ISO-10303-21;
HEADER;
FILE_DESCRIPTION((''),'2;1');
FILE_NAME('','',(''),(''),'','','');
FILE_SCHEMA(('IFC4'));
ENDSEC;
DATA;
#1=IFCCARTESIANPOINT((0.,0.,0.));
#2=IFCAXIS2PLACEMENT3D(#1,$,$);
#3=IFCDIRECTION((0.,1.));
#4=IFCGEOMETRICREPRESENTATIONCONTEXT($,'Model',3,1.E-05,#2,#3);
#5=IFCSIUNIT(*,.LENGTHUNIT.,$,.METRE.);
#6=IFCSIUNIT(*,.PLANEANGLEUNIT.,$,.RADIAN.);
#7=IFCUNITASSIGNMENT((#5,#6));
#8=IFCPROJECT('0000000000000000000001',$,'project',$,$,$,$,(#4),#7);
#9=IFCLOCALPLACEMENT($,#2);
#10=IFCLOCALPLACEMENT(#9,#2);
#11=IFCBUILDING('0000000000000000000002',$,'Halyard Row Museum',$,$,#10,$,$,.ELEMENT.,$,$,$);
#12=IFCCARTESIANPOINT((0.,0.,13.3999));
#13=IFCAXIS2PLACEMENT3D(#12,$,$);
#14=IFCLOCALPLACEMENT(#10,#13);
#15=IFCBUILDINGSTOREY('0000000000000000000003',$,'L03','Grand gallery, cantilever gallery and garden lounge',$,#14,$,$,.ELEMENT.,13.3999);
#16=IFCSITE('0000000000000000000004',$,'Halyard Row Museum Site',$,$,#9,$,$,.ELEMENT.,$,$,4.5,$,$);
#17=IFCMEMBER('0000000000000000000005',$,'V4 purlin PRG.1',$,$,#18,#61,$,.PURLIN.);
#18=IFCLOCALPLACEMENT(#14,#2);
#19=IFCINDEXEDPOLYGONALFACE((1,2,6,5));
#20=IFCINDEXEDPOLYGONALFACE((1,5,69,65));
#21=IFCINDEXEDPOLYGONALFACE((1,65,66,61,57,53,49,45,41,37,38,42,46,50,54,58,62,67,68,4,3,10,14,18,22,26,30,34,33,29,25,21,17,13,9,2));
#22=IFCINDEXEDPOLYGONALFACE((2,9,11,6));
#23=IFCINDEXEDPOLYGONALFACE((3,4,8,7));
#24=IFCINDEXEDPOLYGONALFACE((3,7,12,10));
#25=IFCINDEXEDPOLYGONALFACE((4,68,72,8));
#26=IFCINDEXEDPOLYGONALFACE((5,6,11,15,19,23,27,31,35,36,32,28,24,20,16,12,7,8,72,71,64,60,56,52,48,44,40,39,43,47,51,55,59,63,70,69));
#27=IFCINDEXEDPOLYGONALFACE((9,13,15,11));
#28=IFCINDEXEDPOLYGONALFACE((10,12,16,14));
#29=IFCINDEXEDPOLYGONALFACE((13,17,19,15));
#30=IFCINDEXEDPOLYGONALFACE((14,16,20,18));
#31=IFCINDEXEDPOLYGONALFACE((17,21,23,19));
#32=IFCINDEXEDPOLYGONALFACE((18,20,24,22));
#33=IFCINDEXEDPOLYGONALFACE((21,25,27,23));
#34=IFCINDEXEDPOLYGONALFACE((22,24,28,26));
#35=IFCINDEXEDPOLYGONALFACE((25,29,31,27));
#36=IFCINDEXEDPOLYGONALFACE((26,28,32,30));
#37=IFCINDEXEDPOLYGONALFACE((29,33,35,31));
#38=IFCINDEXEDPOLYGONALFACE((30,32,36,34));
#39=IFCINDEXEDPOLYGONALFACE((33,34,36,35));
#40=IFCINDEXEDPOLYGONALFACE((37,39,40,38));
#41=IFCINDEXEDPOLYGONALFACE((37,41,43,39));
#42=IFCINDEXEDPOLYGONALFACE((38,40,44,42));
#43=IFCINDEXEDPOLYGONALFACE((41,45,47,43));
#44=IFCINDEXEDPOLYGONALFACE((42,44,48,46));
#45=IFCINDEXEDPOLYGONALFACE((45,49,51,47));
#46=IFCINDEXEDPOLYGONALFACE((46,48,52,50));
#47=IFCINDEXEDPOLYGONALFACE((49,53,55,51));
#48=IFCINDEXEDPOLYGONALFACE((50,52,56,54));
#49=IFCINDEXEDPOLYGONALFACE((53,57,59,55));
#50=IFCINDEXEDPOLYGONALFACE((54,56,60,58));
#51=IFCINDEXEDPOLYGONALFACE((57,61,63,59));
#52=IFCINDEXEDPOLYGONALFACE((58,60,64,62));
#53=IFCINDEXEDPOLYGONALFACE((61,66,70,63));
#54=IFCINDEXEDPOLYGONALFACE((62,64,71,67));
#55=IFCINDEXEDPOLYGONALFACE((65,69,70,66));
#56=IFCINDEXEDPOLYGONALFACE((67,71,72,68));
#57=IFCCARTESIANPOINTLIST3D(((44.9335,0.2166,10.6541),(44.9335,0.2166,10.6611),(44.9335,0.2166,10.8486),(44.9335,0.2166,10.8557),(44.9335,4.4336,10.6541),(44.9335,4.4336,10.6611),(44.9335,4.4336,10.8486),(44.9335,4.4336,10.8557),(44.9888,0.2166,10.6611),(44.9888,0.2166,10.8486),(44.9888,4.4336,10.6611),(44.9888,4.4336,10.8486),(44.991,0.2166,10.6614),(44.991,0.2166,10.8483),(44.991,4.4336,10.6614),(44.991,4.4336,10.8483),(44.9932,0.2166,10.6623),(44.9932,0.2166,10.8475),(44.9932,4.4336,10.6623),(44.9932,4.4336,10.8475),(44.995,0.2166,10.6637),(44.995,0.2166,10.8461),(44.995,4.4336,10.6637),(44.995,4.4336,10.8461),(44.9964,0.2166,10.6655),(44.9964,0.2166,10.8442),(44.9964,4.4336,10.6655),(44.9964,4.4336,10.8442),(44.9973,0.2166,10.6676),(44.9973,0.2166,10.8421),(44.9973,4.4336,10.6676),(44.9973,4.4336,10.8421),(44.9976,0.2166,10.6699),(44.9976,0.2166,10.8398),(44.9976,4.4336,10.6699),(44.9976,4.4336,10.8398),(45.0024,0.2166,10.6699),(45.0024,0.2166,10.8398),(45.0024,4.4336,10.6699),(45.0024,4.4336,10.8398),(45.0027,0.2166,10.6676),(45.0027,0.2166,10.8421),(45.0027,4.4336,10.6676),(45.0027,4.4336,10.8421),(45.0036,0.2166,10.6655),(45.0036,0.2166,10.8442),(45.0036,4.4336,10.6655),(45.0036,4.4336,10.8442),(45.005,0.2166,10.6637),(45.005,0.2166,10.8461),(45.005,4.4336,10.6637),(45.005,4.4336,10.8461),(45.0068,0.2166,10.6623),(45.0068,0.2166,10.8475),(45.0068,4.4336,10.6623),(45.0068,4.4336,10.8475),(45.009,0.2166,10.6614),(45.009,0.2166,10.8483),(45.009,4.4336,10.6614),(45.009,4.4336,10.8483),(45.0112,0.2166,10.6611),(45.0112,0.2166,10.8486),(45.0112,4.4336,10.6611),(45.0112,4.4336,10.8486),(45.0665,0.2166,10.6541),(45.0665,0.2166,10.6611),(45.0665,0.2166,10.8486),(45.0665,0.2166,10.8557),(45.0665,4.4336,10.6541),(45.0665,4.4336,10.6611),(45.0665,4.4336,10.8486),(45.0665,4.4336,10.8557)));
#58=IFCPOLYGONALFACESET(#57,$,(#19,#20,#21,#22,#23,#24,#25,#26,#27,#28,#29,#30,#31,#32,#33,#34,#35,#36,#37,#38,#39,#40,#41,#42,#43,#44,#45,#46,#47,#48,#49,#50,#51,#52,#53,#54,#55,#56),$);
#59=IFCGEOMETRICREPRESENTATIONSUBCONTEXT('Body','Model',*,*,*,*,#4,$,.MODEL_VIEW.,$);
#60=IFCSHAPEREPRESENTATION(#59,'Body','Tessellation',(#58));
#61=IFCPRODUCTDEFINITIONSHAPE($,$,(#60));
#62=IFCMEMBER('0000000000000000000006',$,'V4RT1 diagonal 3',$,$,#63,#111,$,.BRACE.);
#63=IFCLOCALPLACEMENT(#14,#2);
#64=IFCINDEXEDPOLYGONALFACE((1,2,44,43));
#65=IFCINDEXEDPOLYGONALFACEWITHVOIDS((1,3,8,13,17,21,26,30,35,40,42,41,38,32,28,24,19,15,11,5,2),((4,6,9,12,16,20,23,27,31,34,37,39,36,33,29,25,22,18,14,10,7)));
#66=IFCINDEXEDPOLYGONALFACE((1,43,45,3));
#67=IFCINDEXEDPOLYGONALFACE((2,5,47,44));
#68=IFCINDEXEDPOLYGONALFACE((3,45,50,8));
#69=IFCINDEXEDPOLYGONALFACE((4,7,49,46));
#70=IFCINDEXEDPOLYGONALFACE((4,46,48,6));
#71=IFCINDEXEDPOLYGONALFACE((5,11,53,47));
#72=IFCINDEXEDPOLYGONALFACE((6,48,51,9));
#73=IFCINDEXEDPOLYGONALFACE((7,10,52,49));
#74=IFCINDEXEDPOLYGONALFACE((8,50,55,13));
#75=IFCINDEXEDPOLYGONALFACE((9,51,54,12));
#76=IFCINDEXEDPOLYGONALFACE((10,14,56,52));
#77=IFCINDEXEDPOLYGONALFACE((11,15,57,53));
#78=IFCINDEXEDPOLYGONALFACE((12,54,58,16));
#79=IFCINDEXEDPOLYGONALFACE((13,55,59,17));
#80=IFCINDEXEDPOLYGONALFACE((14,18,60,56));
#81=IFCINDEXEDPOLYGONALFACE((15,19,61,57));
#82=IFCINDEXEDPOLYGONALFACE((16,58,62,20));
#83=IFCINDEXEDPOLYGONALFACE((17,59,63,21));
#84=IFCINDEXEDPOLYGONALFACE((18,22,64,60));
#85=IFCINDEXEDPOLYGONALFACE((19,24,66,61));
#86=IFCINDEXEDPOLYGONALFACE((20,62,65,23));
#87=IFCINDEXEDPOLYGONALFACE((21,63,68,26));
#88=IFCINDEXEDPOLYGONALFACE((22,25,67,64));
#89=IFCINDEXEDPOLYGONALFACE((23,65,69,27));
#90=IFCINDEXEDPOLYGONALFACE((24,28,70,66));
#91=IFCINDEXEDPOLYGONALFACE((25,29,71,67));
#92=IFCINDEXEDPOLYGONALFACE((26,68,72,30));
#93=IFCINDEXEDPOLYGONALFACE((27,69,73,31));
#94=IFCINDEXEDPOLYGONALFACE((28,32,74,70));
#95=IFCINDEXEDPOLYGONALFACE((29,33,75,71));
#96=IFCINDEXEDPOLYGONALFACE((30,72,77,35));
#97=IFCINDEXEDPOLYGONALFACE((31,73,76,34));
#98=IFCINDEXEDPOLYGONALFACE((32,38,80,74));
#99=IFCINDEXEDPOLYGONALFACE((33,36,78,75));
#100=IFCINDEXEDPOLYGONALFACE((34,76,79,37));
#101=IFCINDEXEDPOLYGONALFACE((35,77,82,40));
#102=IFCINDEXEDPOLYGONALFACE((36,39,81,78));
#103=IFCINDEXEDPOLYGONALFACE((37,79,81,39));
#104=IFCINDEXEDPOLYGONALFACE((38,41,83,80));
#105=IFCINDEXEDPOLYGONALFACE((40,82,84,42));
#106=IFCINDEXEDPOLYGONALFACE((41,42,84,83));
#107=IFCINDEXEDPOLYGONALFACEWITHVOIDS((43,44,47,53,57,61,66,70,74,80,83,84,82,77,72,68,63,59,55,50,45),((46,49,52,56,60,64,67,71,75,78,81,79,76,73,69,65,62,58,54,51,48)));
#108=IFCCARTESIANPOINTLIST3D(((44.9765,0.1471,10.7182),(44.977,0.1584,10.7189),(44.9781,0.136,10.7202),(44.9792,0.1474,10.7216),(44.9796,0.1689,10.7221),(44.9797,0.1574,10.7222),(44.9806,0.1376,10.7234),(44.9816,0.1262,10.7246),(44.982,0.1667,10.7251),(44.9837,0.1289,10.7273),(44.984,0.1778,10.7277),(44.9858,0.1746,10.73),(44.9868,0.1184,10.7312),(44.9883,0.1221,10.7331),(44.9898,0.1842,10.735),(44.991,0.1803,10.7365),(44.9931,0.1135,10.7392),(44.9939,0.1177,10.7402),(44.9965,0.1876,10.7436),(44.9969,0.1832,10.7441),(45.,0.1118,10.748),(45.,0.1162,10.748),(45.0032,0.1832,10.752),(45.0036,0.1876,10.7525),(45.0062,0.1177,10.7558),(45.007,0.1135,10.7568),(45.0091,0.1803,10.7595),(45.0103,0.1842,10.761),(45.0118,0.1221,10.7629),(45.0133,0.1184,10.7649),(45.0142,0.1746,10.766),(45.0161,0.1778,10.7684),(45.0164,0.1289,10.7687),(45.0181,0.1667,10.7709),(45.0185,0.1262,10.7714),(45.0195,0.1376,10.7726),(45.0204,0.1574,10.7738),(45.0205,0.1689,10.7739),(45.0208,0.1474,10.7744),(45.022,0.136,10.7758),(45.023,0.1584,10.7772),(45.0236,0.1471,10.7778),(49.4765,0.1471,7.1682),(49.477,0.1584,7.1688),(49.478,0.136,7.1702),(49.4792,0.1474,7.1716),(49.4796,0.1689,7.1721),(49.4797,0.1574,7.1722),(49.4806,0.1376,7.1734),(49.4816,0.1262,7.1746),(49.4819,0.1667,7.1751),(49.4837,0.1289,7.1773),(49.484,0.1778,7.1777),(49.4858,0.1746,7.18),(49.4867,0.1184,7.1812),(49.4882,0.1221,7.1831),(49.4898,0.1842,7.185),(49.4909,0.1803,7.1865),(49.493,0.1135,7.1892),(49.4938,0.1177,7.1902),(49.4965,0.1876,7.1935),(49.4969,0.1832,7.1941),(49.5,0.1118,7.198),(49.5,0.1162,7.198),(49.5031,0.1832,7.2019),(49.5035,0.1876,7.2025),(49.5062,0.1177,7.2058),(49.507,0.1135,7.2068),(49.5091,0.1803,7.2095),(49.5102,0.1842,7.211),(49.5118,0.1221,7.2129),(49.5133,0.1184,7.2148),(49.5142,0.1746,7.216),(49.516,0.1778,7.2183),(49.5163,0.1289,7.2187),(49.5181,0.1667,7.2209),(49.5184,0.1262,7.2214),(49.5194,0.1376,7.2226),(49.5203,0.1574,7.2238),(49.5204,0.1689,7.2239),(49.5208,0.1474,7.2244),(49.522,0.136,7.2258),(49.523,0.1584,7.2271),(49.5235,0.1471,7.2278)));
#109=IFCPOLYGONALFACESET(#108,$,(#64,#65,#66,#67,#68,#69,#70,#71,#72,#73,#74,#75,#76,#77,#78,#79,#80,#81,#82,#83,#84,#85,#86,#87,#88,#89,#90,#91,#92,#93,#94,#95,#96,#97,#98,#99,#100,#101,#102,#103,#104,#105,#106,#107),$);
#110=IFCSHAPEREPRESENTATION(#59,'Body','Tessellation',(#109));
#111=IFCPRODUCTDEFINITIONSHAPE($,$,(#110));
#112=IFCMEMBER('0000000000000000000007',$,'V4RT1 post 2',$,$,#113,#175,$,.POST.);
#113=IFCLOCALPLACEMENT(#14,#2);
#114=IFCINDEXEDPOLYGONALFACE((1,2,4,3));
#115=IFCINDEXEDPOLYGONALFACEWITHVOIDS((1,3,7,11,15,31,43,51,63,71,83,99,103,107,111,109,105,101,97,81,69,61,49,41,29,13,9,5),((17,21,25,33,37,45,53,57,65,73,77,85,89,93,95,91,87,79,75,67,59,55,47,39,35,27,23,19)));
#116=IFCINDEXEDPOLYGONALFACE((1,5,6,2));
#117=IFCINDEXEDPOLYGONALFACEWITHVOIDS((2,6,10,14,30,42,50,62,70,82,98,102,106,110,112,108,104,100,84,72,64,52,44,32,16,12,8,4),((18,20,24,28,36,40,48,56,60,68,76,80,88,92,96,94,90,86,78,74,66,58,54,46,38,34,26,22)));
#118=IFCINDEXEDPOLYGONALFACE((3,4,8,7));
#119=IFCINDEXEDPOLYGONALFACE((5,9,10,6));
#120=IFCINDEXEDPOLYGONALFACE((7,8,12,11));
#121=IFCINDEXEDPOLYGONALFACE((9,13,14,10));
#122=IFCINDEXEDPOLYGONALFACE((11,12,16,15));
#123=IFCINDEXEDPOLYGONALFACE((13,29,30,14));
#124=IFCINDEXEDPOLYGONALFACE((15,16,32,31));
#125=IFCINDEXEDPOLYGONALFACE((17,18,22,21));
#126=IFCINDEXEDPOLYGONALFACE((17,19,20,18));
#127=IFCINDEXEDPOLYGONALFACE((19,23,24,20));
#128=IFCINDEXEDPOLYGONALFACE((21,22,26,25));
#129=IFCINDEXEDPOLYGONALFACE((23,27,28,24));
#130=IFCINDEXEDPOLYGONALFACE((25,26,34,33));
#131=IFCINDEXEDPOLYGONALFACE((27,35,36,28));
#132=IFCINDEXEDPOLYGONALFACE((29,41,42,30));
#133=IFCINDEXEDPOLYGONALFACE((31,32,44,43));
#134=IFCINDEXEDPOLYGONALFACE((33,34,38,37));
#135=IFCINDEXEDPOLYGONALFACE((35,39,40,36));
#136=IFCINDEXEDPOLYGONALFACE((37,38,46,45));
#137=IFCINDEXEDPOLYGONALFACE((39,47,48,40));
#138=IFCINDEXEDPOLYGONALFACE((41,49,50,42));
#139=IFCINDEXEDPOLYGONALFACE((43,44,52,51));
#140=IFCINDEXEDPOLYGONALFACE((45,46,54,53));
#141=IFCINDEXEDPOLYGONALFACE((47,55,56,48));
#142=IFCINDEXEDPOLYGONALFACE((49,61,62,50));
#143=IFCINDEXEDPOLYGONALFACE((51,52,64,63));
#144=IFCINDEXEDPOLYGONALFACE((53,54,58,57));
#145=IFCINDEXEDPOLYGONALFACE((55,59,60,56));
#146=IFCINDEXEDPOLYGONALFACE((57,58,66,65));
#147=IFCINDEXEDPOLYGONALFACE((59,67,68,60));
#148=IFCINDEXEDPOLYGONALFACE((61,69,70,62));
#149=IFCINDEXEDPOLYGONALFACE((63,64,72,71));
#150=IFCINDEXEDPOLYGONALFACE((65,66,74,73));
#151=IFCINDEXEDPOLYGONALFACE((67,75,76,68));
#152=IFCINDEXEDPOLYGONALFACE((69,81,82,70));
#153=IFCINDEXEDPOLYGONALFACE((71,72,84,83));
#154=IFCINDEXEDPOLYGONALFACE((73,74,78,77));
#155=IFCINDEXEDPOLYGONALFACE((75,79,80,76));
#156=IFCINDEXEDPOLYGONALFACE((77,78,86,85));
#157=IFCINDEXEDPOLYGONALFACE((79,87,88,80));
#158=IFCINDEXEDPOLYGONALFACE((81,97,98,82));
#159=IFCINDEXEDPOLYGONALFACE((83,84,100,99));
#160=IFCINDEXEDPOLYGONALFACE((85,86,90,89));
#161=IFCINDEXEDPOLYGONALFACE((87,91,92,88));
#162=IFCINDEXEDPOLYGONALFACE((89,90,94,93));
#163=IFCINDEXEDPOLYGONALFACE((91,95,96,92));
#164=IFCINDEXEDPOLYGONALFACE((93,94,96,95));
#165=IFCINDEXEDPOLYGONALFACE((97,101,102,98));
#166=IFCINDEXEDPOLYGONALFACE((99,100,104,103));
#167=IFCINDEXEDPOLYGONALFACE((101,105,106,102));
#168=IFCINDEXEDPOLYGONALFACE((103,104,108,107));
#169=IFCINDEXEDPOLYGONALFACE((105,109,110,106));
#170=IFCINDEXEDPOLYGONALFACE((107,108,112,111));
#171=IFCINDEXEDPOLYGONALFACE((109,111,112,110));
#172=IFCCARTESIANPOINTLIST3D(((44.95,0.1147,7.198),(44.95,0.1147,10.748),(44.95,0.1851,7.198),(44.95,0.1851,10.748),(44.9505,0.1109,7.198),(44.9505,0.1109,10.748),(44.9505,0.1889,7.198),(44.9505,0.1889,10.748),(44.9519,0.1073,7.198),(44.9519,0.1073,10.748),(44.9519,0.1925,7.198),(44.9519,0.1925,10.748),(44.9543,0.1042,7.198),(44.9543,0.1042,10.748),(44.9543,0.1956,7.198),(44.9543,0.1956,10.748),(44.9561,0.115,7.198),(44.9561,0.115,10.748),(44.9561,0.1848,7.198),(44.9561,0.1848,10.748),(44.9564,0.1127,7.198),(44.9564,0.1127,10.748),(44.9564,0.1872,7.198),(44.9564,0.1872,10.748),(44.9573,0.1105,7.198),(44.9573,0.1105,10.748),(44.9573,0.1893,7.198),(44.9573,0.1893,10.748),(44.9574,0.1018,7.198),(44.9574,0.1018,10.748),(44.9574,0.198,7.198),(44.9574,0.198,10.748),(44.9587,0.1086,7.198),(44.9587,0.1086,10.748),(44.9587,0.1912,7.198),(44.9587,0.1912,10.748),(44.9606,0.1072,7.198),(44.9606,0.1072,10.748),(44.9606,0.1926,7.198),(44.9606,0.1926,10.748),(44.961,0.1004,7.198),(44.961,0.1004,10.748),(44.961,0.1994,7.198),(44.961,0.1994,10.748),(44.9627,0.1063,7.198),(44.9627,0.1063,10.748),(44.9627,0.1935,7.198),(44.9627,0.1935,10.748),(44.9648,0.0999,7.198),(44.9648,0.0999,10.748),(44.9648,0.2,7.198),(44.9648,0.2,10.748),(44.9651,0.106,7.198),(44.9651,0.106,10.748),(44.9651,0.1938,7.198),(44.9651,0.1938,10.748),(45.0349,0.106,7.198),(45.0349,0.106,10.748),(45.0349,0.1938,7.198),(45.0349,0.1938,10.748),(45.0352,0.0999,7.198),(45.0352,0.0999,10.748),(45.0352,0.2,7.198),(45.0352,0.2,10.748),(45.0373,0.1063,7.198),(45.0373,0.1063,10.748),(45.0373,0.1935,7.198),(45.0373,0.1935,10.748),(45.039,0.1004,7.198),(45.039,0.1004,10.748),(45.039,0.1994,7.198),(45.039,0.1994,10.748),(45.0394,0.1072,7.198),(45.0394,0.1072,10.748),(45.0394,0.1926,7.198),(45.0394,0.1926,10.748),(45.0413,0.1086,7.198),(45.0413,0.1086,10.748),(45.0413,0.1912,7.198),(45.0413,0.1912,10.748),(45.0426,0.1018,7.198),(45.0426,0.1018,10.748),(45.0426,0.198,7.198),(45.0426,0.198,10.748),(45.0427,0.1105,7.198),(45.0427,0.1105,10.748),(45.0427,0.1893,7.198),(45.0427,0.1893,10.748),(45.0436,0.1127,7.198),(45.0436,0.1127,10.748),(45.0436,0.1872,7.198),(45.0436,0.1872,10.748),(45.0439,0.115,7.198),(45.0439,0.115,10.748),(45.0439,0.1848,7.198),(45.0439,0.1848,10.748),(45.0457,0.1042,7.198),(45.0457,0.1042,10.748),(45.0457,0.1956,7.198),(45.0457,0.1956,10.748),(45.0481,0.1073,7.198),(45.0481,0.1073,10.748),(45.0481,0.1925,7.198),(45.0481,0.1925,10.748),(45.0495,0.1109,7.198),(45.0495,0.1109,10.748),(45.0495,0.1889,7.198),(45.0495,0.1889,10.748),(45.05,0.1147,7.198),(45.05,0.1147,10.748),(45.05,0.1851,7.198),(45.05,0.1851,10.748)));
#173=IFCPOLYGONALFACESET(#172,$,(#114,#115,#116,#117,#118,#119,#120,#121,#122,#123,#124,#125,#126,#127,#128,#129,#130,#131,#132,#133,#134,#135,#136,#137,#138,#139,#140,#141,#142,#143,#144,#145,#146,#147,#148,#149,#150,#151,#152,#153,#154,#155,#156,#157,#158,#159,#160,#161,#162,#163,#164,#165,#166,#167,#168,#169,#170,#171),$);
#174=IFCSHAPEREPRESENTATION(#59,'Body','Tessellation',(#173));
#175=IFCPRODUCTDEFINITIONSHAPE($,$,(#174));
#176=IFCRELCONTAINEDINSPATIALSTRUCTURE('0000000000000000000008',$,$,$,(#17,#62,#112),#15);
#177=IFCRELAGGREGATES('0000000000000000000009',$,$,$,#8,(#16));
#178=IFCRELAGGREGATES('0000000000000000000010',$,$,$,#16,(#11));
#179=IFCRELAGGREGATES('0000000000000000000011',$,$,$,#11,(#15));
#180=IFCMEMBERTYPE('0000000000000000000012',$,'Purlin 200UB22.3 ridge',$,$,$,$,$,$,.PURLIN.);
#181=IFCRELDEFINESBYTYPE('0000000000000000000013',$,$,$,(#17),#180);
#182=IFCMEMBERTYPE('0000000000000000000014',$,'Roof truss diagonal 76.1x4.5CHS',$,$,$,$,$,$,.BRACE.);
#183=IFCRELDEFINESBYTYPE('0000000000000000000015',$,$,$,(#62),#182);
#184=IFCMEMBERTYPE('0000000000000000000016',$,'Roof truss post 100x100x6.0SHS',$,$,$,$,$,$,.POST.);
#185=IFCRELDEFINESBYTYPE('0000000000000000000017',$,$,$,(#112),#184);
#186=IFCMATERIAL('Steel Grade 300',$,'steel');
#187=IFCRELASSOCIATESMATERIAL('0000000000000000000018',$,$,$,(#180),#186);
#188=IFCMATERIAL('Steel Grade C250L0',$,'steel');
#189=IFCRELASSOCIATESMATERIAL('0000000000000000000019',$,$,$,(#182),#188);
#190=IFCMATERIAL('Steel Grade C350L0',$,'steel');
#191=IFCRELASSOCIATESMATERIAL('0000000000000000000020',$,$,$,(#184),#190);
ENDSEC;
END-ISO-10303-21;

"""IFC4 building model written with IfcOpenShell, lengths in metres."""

from ifc_helpers import new_model, si_unit, direction, frame, origin, origin_2d, place, context, subcontext, project, spatial, hollow_rectangle, hollow_circle, i_section, extrude, material, material_profile, profile_set, type_object, element, save


model = new_model("IFC4")

# Units and contexts
model_context = context("Model", 3, precision=1e-05, world=origin(), true_north=direction((0.0, 1.0)))
body_context = subcontext(model_context, "Body", "Model", "MODEL_VIEW")
ifc_project = project(units=[si_unit("LENGTHUNIT", "METRE"), si_unit("PLANEANGLEUNIT", "RADIAN")], contexts=[model_context])

# Site, building, storey
site_placement = place(None, origin())
site = spatial("IfcSite", under=ifc_project, at=site_placement, Name="Halyard Row Museum Site", CompositionType="ELEMENT", RefElevation=4.5)
building_placement = place(site_placement, origin())
building = spatial("IfcBuilding", under=site, at=building_placement, Name="Halyard Row Museum", CompositionType="ELEMENT")
storey_placement = place(building_placement, frame((0.0, 0.0, 13.3999)))
storey = spatial("IfcBuildingStorey", under=building, at=storey_placement, Name="L03", Description="Grand gallery, cantilever gallery and garden lounge", CompositionType="ELEMENT", Elevation=13.3999)

# Members
ifc_material_1 = material(Name="Steel Grade 300", Category="steel")
ifc_material_profile_1 = material_profile(ifc_material_1, i_section(OverallWidth=0.1331, OverallDepth=0.2017, WebThickness=0.0049, FlangeThickness=0.0071, FilletRadius=0.0088, at=origin_2d()), Name="200UB22.3")
ifc_profile_set_1 = profile_set([ifc_material_profile_1], Name="Steel Grade 300")
member_type_1 = type_object("IfcMemberType", Name="Purlin 200UB22.3 ridge", PredefinedType="PURLIN", material=ifc_profile_set_1)
member_1_placement = place(storey_placement, frame((45.0, 0.2166, 10.7549), z_axis=(0.0, 1.0, 0.0), x_axis=(-1.0, 0.0, 0.0)))
element("IfcMember", 1, at=member_1_placement, inside=storey, type_object=member_type_1, Name="V4 purlin PRG.1", PredefinedType="PURLIN", context=body_context, shape_type="SweptSolid", body=[
    extrude(i_section(OverallWidth=0.1331, OverallDepth=0.2017, WebThickness=0.0049, FlangeThickness=0.0071, FilletRadius=0.0088, at=origin_2d()), origin(), (0.0, 0.0, 1.0), 4.217),
])
ifc_material_2 = material(Name="Steel Grade C250L0", Category="steel")
ifc_material_profile_2 = material_profile(ifc_material_2, hollow_circle(Radius=0.0381, WallThickness=0.0044, at=origin_2d()), Name="76.1x4.5CHS")
ifc_profile_set_2 = profile_set([ifc_material_profile_2], Name="Steel Grade C250L0")
member_type_2 = type_object("IfcMemberType", Name="Roof truss diagonal 76.1x4.5CHS", PredefinedType="BRACE", material=ifc_profile_set_2)
member_2_placement = place(storey_placement, frame((49.5, 0.1499, 7.198), z_axis=(-0.785102, 0.0, 0.619367), x_axis=(0.0, -1.0, 0.0)))
element("IfcMember", 2, at=member_2_placement, inside=storey, type_object=member_type_2, Name="V4RT1 diagonal 3", PredefinedType="BRACE", context=body_context, shape_type="SweptSolid", body=[
    extrude(hollow_circle(Radius=0.0381, WallThickness=0.0044, at=origin_2d()), origin(), (0.0, 0.0, 1.0), 5.7317),
])
ifc_material_3 = material(Name="Steel Grade C350L0", Category="steel")
ifc_material_profile_3 = material_profile(ifc_material_3, hollow_rectangle(XDim=0.1001, YDim=0.1001, WallThickness=0.0061, InnerFilletRadius=0.009, OuterFilletRadius=0.0149, at=origin_2d()), Name="100x100x6.0SHS")
ifc_profile_set_3 = profile_set([ifc_material_profile_3], Name="Steel Grade C350L0")
member_type_3 = type_object("IfcMemberType", Name="Roof truss post 100x100x6.0SHS", PredefinedType="POST", material=ifc_profile_set_3)
member_3_placement = place(storey_placement, frame((45.0, 0.1499, 7.198), z_axis=(0.0, 0.0, 1.0), x_axis=(1.0, 0.0, 0.0)))
element("IfcMember", 3, at=member_3_placement, inside=storey, type_object=member_type_3, Name="V4RT1 post 2", PredefinedType="POST", context=body_context, shape_type="SweptSolid", body=[
    extrude(hollow_rectangle(XDim=0.1001, YDim=0.1001, WallThickness=0.0061, InnerFilletRadius=0.009, OuterFilletRadius=0.0149, at=origin_2d()), origin(), (0.0, 0.0, 1.0), 3.55),
])

save(model, "model.ifc")
